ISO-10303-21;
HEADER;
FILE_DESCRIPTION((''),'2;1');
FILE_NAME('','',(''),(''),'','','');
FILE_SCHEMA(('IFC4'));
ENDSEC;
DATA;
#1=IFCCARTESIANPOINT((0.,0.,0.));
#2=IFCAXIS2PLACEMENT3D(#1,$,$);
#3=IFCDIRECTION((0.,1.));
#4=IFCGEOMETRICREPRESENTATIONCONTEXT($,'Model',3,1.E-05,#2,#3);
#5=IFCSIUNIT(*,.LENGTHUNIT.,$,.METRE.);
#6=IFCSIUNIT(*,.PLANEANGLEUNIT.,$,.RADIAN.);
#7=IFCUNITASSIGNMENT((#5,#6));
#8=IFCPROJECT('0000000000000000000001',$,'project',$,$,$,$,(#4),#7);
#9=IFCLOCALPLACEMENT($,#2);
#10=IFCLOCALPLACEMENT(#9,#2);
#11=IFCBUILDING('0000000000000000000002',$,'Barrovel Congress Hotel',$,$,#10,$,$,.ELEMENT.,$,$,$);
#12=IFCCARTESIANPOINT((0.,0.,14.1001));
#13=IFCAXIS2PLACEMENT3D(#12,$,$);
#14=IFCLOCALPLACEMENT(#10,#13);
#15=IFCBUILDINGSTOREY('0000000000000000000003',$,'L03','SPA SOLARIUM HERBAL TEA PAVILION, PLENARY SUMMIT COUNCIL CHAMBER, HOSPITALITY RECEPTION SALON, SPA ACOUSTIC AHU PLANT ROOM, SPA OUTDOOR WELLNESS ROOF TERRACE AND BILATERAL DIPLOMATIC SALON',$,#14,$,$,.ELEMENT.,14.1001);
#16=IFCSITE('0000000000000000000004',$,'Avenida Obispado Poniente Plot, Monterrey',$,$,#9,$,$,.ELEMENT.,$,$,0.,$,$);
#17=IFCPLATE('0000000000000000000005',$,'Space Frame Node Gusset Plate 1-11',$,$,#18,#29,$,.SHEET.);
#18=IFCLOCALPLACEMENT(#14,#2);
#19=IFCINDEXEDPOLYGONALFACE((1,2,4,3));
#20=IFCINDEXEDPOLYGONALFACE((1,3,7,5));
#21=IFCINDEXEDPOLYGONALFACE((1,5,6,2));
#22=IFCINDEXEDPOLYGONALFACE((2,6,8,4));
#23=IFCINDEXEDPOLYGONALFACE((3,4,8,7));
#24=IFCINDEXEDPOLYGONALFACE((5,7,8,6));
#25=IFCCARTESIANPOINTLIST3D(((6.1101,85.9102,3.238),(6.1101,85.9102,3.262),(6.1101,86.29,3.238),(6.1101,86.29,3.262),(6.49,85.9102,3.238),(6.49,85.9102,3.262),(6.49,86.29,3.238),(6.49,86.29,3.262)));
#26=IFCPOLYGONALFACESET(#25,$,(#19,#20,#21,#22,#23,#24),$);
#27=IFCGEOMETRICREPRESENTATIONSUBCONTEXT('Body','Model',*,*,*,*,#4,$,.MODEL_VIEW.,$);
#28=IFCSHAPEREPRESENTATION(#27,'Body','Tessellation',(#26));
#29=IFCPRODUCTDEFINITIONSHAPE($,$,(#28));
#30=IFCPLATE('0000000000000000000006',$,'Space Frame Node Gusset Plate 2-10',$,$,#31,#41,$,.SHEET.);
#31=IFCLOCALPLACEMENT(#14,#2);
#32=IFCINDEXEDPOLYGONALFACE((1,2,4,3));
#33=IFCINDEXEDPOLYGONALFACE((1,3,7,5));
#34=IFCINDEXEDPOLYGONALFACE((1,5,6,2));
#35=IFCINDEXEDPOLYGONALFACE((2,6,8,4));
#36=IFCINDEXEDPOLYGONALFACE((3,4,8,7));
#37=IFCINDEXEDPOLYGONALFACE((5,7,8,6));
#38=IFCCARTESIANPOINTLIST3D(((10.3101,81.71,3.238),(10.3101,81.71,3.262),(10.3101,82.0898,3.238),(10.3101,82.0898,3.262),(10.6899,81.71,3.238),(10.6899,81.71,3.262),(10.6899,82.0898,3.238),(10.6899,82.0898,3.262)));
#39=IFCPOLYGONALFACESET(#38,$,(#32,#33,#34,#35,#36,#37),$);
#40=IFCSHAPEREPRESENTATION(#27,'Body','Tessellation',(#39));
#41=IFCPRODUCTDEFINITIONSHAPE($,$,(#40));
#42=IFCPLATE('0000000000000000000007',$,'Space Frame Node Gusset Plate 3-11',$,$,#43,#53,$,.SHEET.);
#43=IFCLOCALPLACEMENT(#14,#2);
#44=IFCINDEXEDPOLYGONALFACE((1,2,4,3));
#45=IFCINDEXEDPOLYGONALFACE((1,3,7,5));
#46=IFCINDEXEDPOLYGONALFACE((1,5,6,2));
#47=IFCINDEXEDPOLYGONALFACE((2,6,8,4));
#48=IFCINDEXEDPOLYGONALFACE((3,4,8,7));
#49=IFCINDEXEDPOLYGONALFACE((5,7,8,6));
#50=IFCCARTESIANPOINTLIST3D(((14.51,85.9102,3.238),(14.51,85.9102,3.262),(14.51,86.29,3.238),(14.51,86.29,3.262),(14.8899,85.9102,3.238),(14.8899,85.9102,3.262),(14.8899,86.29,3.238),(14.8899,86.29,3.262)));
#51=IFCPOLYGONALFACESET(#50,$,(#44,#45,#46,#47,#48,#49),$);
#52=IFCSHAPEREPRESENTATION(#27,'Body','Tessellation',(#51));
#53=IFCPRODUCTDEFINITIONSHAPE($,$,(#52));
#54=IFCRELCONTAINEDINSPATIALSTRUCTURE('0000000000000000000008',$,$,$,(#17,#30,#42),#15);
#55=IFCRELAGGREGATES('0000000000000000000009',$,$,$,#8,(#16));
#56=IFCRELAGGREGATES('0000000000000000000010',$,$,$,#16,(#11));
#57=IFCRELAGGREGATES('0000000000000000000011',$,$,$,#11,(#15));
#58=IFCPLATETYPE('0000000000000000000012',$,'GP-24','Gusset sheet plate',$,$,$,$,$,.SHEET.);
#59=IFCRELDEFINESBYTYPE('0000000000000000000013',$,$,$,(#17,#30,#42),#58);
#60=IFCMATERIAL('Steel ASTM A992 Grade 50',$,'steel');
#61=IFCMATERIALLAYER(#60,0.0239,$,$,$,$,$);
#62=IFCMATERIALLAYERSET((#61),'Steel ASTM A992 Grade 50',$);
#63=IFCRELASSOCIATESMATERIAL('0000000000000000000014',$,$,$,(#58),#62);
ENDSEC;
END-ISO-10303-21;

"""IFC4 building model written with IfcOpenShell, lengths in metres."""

from ifc_helpers import new_model, si_unit, direction, frame, origin, origin_2d, place, context, subcontext, project, spatial, rectangle, extrude, material, layer, layer_set, type_object, element, save


model = new_model("IFC4")

# Units and contexts
model_context = context("Model", 3, precision=1e-05, world=origin(), true_north=direction((0.0, 1.0)))
body_context = subcontext(model_context, "Body", "Model", "MODEL_VIEW")
ifc_project = project(units=[si_unit("LENGTHUNIT", "METRE"), si_unit("PLANEANGLEUNIT", "RADIAN")], contexts=[model_context])

# Site, building, storey
site_placement = place(None, origin())
site = spatial("IfcSite", under=ifc_project, at=site_placement, Name="Avenida Obispado Poniente Plot, Monterrey", CompositionType="ELEMENT", RefElevation=0.0)
building_placement = place(site_placement, origin())
building = spatial("IfcBuilding", under=site, at=building_placement, Name="Barrovel Congress Hotel", CompositionType="ELEMENT")
storey_placement = place(building_placement, frame((0.0, 0.0, 14.1001)))
storey = spatial("IfcBuildingStorey", under=building, at=storey_placement, Name="L03", Description="SPA SOLARIUM HERBAL TEA PAVILION, PLENARY SUMMIT COUNCIL CHAMBER, HOSPITALITY RECEPTION SALON, SPA ACOUSTIC AHU PLANT ROOM, SPA OUTDOOR WELLNESS ROOF TERRACE AND BILATERAL DIPLOMATIC SALON", CompositionType="ELEMENT", Elevation=14.1001)

# Plates
ifc_material_1 = material(Name="Steel ASTM A992 Grade 50", Category="steel")
ifc_layer_1 = layer(ifc_material_1, 0.0239)
ifc_layer_set_1 = layer_set([ifc_layer_1], Name="Steel ASTM A992 Grade 50")
plate_type_1 = type_object("IfcPlateType", Name="GP-24", Description="Gusset sheet plate", PredefinedType="SHEET", material=ifc_layer_set_1)
for number, where, z_axis, x_axis, name in (
    (1, (6.3, 86.1001, 3.238), (0.0, 0.0, 1.0), (1.0, 0.0, 0.0), "Space Frame Node Gusset Plate 1-11"),
    (2, (10.5, 81.8999, 3.238), (0.0, 0.0, 1.0), (1.0, 0.0, 0.0), "Space Frame Node Gusset Plate 2-10"),
    (3, (14.7, 86.1001, 3.238), (0.0, 0.0, 1.0), (1.0, 0.0, 0.0), "Space Frame Node Gusset Plate 3-11"),
):
    element("IfcPlate", number, at=place(storey_placement, frame(where, z_axis=z_axis, x_axis=x_axis)), inside=storey, type_object=plate_type_1, Name=name, PredefinedType="SHEET", context=body_context, shape_type="SweptSolid", body=[
        extrude(rectangle(XDim=0.3799, YDim=0.3799, at=origin_2d()), origin(), (0.0, 0.0, 1.0), 0.0239),
    ])

save(model, "model.ifc")
